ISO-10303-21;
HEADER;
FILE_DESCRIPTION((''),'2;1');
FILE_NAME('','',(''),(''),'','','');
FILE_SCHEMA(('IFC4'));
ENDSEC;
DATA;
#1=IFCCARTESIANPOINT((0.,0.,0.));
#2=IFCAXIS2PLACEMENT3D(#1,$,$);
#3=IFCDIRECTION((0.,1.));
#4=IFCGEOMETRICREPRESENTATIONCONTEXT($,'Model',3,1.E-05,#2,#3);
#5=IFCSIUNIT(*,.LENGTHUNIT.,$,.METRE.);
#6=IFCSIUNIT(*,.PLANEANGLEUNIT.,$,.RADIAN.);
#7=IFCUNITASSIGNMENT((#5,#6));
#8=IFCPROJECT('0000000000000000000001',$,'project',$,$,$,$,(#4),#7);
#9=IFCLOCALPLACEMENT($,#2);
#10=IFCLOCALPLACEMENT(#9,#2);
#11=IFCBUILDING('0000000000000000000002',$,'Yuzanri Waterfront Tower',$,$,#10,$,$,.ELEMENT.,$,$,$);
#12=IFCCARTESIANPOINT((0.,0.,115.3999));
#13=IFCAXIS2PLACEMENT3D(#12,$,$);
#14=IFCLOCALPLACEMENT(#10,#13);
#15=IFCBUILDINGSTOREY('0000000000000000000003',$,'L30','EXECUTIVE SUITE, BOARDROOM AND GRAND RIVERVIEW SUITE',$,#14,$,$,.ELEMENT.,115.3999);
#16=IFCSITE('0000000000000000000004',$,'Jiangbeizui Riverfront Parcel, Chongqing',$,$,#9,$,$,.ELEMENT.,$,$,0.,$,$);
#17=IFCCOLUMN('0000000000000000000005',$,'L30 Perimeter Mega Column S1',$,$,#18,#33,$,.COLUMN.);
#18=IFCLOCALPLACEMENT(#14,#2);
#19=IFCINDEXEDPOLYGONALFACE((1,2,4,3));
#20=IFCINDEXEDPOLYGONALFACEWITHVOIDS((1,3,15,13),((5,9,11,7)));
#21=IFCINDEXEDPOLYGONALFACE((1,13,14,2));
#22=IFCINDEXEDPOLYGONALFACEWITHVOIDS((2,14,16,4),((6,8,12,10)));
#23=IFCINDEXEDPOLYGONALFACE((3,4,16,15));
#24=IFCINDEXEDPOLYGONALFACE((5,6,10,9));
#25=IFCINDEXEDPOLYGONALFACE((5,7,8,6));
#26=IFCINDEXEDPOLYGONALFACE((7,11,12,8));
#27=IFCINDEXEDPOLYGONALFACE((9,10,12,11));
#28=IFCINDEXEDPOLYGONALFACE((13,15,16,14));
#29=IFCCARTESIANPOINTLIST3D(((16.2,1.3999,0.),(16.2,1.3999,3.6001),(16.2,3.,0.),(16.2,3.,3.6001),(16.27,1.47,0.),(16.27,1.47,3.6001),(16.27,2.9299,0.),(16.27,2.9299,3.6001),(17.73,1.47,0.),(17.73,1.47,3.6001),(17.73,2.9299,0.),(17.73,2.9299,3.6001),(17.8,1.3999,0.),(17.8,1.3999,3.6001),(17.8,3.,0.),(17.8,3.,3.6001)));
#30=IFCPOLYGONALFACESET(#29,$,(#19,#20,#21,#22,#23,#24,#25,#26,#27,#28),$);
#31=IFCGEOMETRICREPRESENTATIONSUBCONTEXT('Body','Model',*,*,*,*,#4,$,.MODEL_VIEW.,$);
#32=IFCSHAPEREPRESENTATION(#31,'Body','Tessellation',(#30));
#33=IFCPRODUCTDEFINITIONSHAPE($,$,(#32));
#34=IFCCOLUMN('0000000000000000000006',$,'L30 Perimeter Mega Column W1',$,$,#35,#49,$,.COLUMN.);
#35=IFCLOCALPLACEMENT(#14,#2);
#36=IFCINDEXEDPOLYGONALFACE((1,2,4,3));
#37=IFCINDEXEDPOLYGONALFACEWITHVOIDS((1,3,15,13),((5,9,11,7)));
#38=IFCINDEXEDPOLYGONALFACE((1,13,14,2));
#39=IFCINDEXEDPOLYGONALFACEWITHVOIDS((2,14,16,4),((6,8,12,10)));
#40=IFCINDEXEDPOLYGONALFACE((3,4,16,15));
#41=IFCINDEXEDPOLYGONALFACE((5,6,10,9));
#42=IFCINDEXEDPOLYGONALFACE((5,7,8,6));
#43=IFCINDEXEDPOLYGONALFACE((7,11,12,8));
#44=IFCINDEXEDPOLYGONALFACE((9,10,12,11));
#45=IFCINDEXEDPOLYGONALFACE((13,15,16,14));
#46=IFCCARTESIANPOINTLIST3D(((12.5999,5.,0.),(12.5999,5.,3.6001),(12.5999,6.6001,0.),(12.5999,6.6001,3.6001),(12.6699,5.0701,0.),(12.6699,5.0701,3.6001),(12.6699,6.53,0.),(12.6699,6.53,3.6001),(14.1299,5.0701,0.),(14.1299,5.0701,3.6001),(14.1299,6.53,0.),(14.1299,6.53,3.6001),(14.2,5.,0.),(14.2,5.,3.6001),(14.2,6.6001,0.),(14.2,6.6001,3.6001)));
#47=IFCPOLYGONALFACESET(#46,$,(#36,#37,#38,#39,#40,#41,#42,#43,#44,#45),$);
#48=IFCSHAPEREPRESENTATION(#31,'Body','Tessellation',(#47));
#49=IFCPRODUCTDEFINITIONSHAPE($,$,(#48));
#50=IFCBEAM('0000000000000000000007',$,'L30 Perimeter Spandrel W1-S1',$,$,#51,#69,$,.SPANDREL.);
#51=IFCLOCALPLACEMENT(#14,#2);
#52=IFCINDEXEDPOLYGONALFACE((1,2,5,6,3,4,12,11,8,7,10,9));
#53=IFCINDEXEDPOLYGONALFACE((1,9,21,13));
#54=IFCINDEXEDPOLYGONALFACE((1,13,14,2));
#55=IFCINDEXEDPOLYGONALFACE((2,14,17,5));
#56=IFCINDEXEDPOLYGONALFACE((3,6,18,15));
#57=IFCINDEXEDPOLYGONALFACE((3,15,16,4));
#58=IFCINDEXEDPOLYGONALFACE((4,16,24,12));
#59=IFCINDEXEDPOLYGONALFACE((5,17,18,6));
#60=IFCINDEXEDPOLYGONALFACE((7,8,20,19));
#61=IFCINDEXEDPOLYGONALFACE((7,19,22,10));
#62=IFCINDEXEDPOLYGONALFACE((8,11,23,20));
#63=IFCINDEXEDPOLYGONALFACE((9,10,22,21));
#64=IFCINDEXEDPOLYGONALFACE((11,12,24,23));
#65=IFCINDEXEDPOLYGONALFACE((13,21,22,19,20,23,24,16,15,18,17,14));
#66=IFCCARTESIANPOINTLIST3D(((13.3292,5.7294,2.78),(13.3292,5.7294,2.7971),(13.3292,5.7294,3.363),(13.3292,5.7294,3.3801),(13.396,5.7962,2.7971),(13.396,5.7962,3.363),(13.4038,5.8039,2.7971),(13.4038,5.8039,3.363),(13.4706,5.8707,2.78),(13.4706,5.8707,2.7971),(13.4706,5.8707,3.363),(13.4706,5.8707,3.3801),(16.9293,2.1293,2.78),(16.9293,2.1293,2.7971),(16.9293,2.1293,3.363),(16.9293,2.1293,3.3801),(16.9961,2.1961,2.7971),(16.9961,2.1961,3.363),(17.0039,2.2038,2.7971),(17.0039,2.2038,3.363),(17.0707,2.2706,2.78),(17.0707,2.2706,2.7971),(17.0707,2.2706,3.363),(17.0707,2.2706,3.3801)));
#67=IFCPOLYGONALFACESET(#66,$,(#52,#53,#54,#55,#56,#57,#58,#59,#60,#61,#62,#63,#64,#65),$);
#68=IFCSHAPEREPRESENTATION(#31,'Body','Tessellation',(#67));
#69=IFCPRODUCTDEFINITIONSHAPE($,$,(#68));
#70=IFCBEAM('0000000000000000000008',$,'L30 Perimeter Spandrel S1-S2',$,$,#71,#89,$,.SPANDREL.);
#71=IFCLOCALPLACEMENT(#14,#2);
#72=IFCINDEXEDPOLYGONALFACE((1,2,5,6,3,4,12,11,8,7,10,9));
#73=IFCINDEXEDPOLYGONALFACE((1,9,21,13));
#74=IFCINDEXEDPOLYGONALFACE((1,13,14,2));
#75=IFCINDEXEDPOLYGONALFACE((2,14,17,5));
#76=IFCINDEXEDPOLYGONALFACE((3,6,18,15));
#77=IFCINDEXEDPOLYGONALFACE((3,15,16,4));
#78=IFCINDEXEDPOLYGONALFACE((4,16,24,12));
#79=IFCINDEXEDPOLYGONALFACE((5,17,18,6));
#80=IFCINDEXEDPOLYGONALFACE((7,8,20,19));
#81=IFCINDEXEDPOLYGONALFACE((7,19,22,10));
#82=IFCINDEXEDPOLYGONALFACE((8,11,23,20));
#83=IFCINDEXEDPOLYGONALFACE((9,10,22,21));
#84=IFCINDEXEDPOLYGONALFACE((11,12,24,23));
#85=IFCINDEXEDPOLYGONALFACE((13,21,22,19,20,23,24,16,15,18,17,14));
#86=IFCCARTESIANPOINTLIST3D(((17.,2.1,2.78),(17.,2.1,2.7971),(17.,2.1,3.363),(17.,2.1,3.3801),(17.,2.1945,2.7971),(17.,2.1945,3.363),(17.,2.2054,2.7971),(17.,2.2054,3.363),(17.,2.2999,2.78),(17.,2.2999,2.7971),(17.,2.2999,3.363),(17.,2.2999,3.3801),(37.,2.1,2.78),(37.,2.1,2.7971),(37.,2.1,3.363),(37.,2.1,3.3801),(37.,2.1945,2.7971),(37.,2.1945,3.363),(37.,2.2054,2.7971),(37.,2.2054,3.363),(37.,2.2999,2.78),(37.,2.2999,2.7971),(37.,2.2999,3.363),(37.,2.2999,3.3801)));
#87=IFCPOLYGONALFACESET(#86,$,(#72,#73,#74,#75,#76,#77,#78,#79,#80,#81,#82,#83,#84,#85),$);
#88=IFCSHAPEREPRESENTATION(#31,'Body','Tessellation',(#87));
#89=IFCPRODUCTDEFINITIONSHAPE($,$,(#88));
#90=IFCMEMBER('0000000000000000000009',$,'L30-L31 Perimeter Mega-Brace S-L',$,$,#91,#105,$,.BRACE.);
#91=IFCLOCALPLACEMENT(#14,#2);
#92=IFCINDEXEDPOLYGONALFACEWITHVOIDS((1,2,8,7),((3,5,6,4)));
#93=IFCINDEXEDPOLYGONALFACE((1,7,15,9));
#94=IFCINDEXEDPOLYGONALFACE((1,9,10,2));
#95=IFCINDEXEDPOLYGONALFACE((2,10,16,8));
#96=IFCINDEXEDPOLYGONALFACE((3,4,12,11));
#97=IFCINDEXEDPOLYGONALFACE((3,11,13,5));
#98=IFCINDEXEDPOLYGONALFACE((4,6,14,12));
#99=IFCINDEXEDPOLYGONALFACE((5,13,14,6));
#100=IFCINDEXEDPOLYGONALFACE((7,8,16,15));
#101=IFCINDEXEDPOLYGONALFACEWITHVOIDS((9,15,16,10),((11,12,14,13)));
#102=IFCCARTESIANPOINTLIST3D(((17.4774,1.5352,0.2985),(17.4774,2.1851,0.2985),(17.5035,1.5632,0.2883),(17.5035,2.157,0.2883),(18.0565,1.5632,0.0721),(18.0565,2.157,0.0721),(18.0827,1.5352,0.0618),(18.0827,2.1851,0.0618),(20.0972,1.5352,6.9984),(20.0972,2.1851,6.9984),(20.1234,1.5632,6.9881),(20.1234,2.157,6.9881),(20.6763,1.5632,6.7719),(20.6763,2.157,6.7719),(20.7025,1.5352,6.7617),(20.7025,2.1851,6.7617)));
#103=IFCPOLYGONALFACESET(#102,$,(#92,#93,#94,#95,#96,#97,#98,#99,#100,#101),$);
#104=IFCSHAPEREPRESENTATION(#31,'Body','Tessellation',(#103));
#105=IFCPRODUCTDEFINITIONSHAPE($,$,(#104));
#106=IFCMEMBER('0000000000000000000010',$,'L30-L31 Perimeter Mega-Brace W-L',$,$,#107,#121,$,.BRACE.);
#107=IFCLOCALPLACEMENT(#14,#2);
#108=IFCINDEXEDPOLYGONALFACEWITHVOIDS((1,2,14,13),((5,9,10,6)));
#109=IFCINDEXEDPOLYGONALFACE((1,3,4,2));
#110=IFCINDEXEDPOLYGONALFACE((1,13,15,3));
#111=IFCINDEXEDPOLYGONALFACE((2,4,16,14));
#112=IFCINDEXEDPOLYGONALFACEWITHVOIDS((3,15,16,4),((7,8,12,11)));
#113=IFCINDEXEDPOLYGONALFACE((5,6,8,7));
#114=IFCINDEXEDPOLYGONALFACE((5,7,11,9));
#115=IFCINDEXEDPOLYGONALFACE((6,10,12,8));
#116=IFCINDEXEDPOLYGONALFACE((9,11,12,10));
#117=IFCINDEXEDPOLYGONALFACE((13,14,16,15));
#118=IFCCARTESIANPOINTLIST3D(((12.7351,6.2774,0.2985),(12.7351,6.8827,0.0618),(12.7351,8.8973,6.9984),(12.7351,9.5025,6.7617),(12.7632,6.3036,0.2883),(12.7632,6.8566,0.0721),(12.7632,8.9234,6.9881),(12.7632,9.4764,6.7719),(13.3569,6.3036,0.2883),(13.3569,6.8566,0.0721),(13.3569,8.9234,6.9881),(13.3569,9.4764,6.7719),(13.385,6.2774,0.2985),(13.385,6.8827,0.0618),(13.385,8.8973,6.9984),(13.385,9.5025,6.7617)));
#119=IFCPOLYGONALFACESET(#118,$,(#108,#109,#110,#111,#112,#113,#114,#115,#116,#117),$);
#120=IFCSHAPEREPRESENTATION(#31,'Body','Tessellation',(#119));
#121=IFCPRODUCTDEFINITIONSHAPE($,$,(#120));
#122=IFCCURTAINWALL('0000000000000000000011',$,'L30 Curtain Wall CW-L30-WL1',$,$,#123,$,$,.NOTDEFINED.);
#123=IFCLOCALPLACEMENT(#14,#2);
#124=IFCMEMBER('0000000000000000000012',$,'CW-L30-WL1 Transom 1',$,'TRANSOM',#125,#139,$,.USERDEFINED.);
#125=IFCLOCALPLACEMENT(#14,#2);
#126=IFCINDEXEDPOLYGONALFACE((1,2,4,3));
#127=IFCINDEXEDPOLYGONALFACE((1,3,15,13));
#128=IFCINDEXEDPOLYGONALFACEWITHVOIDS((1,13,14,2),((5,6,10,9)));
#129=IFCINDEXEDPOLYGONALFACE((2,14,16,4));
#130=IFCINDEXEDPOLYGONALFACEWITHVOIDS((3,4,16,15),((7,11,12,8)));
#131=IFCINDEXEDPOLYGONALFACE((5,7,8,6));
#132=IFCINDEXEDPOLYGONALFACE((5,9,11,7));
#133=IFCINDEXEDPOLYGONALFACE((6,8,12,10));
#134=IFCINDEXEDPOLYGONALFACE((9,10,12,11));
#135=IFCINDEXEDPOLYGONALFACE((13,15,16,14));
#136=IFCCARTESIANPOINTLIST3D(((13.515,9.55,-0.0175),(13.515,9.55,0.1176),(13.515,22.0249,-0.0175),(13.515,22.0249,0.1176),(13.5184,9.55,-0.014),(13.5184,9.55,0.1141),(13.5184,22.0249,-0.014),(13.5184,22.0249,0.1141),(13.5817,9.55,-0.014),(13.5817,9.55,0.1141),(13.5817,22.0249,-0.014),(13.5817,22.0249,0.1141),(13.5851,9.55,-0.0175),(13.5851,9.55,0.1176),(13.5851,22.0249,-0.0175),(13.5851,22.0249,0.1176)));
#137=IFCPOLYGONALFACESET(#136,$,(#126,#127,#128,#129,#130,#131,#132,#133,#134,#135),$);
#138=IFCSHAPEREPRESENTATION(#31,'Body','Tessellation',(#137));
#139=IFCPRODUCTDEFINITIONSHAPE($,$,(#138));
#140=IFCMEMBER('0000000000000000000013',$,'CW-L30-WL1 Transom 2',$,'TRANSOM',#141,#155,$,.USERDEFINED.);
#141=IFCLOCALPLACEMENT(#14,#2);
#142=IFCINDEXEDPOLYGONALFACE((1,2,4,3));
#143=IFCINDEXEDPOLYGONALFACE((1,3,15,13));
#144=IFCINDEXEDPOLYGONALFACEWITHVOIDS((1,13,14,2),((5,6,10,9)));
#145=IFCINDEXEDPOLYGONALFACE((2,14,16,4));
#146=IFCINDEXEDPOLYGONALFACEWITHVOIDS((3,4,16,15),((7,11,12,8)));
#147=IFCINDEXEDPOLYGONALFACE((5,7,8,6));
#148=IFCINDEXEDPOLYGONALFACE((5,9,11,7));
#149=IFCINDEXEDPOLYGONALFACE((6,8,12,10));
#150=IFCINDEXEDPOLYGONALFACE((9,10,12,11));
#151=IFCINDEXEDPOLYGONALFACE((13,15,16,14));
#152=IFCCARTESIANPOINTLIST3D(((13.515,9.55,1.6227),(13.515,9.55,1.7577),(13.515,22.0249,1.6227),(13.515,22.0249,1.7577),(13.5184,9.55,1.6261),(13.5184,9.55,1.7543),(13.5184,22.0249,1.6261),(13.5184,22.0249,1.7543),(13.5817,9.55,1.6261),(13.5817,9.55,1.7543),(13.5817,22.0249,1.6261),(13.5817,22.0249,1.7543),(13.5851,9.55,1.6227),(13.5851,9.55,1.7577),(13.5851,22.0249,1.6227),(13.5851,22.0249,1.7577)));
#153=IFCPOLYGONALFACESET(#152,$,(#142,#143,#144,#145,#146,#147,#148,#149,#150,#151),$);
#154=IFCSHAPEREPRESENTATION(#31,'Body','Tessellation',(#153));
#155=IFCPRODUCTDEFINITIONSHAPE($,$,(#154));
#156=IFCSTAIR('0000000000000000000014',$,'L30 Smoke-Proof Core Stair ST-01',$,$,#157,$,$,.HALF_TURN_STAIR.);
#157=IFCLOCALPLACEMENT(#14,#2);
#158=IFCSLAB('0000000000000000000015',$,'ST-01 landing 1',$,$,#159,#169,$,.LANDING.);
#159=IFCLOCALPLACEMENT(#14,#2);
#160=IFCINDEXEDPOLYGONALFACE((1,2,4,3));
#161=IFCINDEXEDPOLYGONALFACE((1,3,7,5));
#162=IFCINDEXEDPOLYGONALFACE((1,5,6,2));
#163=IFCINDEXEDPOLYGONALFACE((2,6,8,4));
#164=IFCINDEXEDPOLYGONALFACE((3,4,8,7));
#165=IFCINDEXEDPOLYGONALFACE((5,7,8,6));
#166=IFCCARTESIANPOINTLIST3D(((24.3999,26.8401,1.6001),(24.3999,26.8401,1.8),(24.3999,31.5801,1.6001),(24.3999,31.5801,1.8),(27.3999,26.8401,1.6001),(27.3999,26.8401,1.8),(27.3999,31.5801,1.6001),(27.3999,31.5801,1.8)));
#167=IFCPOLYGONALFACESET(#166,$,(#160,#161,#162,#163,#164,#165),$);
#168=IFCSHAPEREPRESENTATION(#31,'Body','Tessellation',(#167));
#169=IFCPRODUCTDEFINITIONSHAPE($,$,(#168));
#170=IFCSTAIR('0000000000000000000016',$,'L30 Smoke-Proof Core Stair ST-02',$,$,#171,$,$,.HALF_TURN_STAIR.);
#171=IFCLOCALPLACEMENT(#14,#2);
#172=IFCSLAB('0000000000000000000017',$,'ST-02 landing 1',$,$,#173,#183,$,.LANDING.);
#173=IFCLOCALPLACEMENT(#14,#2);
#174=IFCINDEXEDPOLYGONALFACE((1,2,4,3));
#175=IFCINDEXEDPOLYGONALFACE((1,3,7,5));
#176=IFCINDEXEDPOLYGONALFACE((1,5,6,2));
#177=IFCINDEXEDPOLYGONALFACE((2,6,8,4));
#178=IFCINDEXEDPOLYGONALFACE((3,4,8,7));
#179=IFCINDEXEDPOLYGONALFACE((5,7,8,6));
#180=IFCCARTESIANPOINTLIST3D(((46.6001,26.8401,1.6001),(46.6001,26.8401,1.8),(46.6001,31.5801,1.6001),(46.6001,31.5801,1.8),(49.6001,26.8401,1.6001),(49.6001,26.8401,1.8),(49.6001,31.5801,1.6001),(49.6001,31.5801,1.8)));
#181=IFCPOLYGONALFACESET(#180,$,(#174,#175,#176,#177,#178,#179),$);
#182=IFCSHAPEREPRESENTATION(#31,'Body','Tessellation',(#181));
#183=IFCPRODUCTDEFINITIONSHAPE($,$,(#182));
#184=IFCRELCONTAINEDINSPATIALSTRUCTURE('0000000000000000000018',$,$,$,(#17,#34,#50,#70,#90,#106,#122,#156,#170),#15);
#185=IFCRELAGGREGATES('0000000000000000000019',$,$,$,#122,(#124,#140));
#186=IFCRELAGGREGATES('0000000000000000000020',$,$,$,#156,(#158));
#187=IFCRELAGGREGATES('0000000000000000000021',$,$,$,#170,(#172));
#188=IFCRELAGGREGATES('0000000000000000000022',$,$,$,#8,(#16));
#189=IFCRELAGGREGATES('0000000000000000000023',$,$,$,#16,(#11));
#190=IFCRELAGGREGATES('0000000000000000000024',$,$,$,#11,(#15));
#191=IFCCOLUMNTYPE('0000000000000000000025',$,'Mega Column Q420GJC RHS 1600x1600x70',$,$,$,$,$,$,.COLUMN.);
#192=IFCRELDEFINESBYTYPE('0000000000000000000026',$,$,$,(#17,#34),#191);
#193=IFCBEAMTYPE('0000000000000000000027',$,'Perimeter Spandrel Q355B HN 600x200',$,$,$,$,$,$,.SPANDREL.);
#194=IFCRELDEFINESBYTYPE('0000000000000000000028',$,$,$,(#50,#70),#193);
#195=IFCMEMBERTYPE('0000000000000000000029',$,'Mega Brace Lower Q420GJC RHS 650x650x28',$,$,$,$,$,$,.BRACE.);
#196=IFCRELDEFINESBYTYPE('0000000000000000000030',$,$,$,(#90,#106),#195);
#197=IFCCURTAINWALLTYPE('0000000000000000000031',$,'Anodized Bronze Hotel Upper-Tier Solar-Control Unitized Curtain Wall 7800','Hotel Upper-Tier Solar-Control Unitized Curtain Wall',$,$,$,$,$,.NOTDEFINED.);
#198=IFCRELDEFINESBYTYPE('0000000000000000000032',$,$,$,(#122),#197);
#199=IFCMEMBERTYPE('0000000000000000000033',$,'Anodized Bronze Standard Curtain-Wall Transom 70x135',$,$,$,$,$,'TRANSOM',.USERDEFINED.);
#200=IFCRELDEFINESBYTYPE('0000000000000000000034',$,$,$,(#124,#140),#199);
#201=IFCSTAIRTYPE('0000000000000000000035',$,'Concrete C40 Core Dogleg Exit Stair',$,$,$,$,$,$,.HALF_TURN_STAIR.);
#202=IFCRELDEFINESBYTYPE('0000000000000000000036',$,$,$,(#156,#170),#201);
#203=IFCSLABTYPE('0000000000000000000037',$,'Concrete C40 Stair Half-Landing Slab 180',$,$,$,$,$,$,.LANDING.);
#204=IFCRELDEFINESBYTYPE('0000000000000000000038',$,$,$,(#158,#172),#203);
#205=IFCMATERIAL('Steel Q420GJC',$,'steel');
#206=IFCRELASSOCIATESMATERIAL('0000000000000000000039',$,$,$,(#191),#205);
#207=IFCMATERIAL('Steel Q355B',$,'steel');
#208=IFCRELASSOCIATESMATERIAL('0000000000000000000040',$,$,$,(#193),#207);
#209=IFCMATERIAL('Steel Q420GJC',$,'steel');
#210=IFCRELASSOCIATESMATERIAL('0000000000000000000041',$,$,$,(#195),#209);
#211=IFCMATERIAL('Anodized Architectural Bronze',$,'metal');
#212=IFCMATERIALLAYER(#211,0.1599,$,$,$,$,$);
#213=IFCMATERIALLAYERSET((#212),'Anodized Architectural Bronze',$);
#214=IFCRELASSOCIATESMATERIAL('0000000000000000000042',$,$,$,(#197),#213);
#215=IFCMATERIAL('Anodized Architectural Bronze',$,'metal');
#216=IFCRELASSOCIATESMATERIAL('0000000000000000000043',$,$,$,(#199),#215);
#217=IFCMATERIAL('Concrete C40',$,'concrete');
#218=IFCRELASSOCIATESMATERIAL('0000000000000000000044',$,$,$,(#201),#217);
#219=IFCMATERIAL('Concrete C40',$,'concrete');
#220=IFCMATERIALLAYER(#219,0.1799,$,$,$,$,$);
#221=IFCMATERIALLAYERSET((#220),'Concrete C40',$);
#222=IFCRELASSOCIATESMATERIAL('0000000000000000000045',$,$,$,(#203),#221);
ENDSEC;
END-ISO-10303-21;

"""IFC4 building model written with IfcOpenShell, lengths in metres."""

from ifc_helpers import new_model, si_unit, direction, frame, origin, origin_2d, place, context, subcontext, project, spatial, polyline, hollow_rectangle, i_section, outline, extrude, source, transform, mapped, material, layer, layer_set, material_profile, profile_set, type_object, element, aggregate, save


model = new_model("IFC4")

# Units and contexts
model_context = context("Model", 3, precision=1e-05, world=origin(), true_north=direction((0.0, 1.0)))
body_context = subcontext(model_context, "Body", "Model", "MODEL_VIEW")
ifc_project = project(units=[si_unit("LENGTHUNIT", "METRE"), si_unit("PLANEANGLEUNIT", "RADIAN")], contexts=[model_context])

# Site, building, storey
site_placement = place(None, origin())
site = spatial("IfcSite", under=ifc_project, at=site_placement, Name="Jiangbeizui Riverfront Parcel, Chongqing", CompositionType="ELEMENT", RefElevation=0.0)
building_placement = place(site_placement, origin())
building = spatial("IfcBuilding", under=site, at=building_placement, Name="Yuzanri Waterfront Tower", CompositionType="ELEMENT")
storey_placement = place(building_placement, frame((0.0, 0.0, 115.3999)))
storey = spatial("IfcBuildingStorey", under=building, at=storey_placement, Name="L30", Description="EXECUTIVE SUITE, BOARDROOM AND GRAND RIVERVIEW SUITE", CompositionType="ELEMENT", Elevation=115.3999)

# Columns
ifc_material_1 = material(Name="Steel Q420GJC", Category="steel")
ifc_material_profile_1 = material_profile(ifc_material_1, hollow_rectangle(XDim=1.6001, YDim=1.6001, WallThickness=0.0701, at=origin_2d()), Name="RHS 1600x1600x70")
ifc_profile_set_1 = profile_set([ifc_material_profile_1], Name="Steel Q420GJC")
column_type = type_object("IfcColumnType", Name="Mega Column Q420GJC RHS 1600x1600x70", PredefinedType="COLUMN", material=ifc_profile_set_1)
shared_shape_1 = source(origin(), body_context, "Body", "SweptSolid", [
    extrude(hollow_rectangle(XDim=1.6001, YDim=1.6001, WallThickness=0.0701, at=origin_2d()), origin(), (0.0, 0.0, 1.0), 3.6001),
])
for number, where, z_axis, x_axis, name in (
    (1, (17.0, 2.2, 0.0), (0.0, 0.0, 1.0), (1.0, 0.0, 0.0), "L30 Perimeter Mega Column S1"),
    (2, (13.3999, 5.8, 0.0), (0.0, 0.0, 1.0), (1.0, 0.0, 0.0), "L30 Perimeter Mega Column W1"),
):
    element("IfcColumn", number, at=place(storey_placement, frame(where, z_axis=z_axis, x_axis=x_axis)), inside=storey, type_object=column_type, Name=name, PredefinedType="COLUMN", context=body_context, shape_type="MappedRepresentation", body=[
        mapped(shared_shape_1, transform((0.0, 0.0, 0.0), scale=1.0)),
    ])

# Beams
ifc_material_2 = material(Name="Steel Q355B", Category="steel")
ifc_material_profile_2 = material_profile(ifc_material_2, i_section(OverallWidth=0.2, OverallDepth=0.6001, WebThickness=0.011, FlangeThickness=0.0171, at=origin_2d()), Name="HN 600x200x11x17")
ifc_profile_set_2 = profile_set([ifc_material_profile_2], Name="Steel Q355B")
beam_type = type_object("IfcBeamType", Name="Perimeter Spandrel Q355B HN 600x200", PredefinedType="SPANDREL", material=ifc_profile_set_2)
shared_shape_2 = source(origin(), body_context, "Body", "SweptSolid", [
    extrude(i_section(OverallWidth=0.2, OverallDepth=0.6001, WebThickness=0.011, FlangeThickness=0.0171, at=origin_2d()), origin(), (0.0, 0.0, 1.0), 5.0913),
])
beam_1_placement = place(storey_placement, frame((13.3999, 5.8, 3.0801), z_axis=(0.707107, -0.707107, 0.0), x_axis=(0.707107, 0.707107, 0.0)))
element("IfcBeam", 3, at=beam_1_placement, inside=storey, type_object=beam_type, Name="L30 Perimeter Spandrel W1-S1", PredefinedType="SPANDREL", context=body_context, shape_type="MappedRepresentation", body=[
    mapped(shared_shape_2, transform((0.0, 0.0, 0.0), scale=1.0)),
])
shared_shape_3 = source(origin(), body_context, "Body", "SweptSolid", [
    extrude(i_section(OverallWidth=0.2, OverallDepth=0.6001, WebThickness=0.011, FlangeThickness=0.0171, at=origin_2d()), origin(), (0.0, 0.0, 1.0), 20.0),
])
beam_2_placement = place(storey_placement, frame((17.0, 2.2, 3.0801), z_axis=(1.0, 0.0, 0.0), x_axis=(0.0, 1.0, 0.0)))
element("IfcBeam", 4, at=beam_2_placement, inside=storey, type_object=beam_type, Name="L30 Perimeter Spandrel S1-S2", PredefinedType="SPANDREL", context=body_context, shape_type="MappedRepresentation", body=[
    mapped(shared_shape_3, transform((0.0, 0.0, 0.0), scale=1.0)),
])

# Members
ifc_material_3 = material(Name="Steel Q420GJC", Category="steel")
ifc_material_profile_3 = material_profile(ifc_material_3, hollow_rectangle(XDim=0.6499, YDim=0.6499, WallThickness=0.0281, at=origin_2d()), Name="RHS 650x650x28")
ifc_profile_set_3 = profile_set([ifc_material_profile_3], Name="Steel Q420GJC")
member_type_1 = type_object("IfcMemberType", Name="Mega Brace Lower Q420GJC RHS 650x650x28", PredefinedType="BRACE", material=ifc_profile_set_3)
shared_shape_4 = source(origin(), body_context, "Body", "SweptSolid", [
    extrude(hollow_rectangle(XDim=0.6499, YDim=0.6499, WallThickness=0.0281, at=origin_2d()), origin(), (0.0, 0.0, 1.0), 7.1938),
])
for number, where, z_axis, x_axis, name in (
    (5, (17.78, 1.8601, 0.1802), (0.364177, 0.0, 0.93133), (0.0, 1.0, 0.0), "L30-L31 Perimeter Mega-Brace S-L"),
    (6, (13.0601, 6.5801, 0.1802), (0.0, 0.364177, 0.93133), (-1.0, 0.0, 0.0), "L30-L31 Perimeter Mega-Brace W-L"),
):
    element("IfcMember", number, at=place(storey_placement, frame(where, z_axis=z_axis, x_axis=x_axis)), inside=storey, type_object=member_type_1, Name=name, PredefinedType="BRACE", context=body_context, shape_type="MappedRepresentation", body=[
        mapped(shared_shape_4, transform((0.0, 0.0, 0.0), scale=1.0)),
    ])

# Curtain wall, members
ifc_material_4 = material(Name="Anodized Architectural Bronze", Category="metal")
ifc_layer_1 = layer(ifc_material_4, 0.1599)
ifc_layer_set_1 = layer_set([ifc_layer_1], Name="Anodized Architectural Bronze")
curtain_wall_type = type_object("IfcCurtainWallType", Name="Anodized Bronze Hotel Upper-Tier Solar-Control Unitized Curtain Wall 7800", Description="Hotel Upper-Tier Solar-Control Unitized Curtain Wall", PredefinedType="NOTDEFINED", material=ifc_layer_set_1)
curtain_wall_placement = place(storey_placement, origin())
curtain_wall = element("IfcCurtainWall", 7, at=curtain_wall_placement, inside=storey, type_object=curtain_wall_type, Name="L30 Curtain Wall CW-L30-WL1", PredefinedType="NOTDEFINED")
ifc_material_5 = material(Name="Anodized Architectural Bronze", Category="metal")
ifc_material_profile_4 = material_profile(ifc_material_5, hollow_rectangle(XDim=0.0701, YDim=0.135, WallThickness=0.0034, at=origin_2d()), Name="CWT 70x135")
ifc_profile_set_4 = profile_set([ifc_material_profile_4], Name="Anodized Architectural Bronze")
member_type_2 = type_object("IfcMemberType", Name="Anodized Bronze Standard Curtain-Wall Transom 70x135", ElementType="TRANSOM", PredefinedType="USERDEFINED", material=ifc_profile_set_4)
shared_shape_5 = source(origin(), body_context, "Body", "SweptSolid", [
    extrude(hollow_rectangle(XDim=0.0701, YDim=0.135, WallThickness=0.0034, at=origin_2d()), origin(), (0.0, 0.0, 1.0), 12.4749),
])
member_1_placement = place(storey_placement, frame((13.55, 9.55, 0.05), z_axis=(0.0, 1.0, 0.0), x_axis=(-1.0, 0.0, 0.0)))
member_1 = element("IfcMember", 8, at=member_1_placement, type_object=member_type_2, Name="CW-L30-WL1 Transom 1", ObjectType="TRANSOM", PredefinedType="USERDEFINED", context=body_context, shape_type="MappedRepresentation", body=[
    mapped(shared_shape_5, transform((0.0, 0.0, 0.0), scale=1.0)),
])
member_2_placement = place(storey_placement, frame((13.55, 9.55, 1.6902), z_axis=(0.0, 1.0, 0.0), x_axis=(-1.0, 0.0, 0.0)))
member_2 = element("IfcMember", 9, at=member_2_placement, type_object=member_type_2, Name="CW-L30-WL1 Transom 2", ObjectType="TRANSOM", PredefinedType="USERDEFINED", context=body_context, shape_type="MappedRepresentation", body=[
    mapped(shared_shape_5, transform((0.0, 0.0, 0.0), scale=1.0)),
])
aggregate(curtain_wall, [member_1, member_2])

# Stairs, slabs
ifc_material_6 = material(Name="Concrete C40", Category="concrete")
stair_type = type_object("IfcStairType", Name="Concrete C40 Core Dogleg Exit Stair", PredefinedType="HALF_TURN_STAIR", material=ifc_material_6)
stair_1_placement = place(storey_placement, origin())
stair_1 = element("IfcStair", 10, at=stair_1_placement, inside=storey, type_object=stair_type, Name="L30 Smoke-Proof Core Stair ST-01", PredefinedType="HALF_TURN_STAIR")
ifc_material_7 = material(Name="Concrete C40", Category="concrete")
ifc_layer_2 = layer(ifc_material_7, 0.1799)
ifc_layer_set_2 = layer_set([ifc_layer_2], Name="Concrete C40")
slab_type_1 = type_object("IfcSlabType", Name="Concrete C40 Stair Half-Landing Slab 180", PredefinedType="LANDING", material=ifc_layer_set_2)
slab_1_placement = place(storey_placement, frame((0.0, 0.0, 1.6001)))
slab_1 = element("IfcSlab", 11, at=slab_1_placement, type_object=slab_type_1, Name="ST-01 landing 1", PredefinedType="LANDING", context=body_context, shape_type="SweptSolid", body=[
    extrude(outline(polyline([(27.3999, 26.8401), (27.3999, 31.5801), (24.3999, 31.5801), (24.3999, 26.8401), (27.3999, 26.8401)])), origin(), (0.0, 0.0, 1.0), 0.2),
])
aggregate(stair_1, [slab_1])
stair_2_placement = place(storey_placement, origin())
stair_2 = element("IfcStair", 12, at=stair_2_placement, inside=storey, type_object=stair_type, Name="L30 Smoke-Proof Core Stair ST-02", PredefinedType="HALF_TURN_STAIR")
slab_2_placement = place(storey_placement, frame((0.0, 0.0, 1.6001)))
slab_2 = element("IfcSlab", 13, at=slab_2_placement, type_object=slab_type_1, Name="ST-02 landing 1", PredefinedType="LANDING", context=body_context, shape_type="SweptSolid", body=[
    extrude(outline(polyline([(49.6001, 26.8401), (49.6001, 31.5801), (46.6001, 31.5801), (46.6001, 26.8401), (49.6001, 26.8401)])), origin(), (0.0, 0.0, 1.0), 0.2),
])
aggregate(stair_2, [slab_2])

save(model, "model.ifc")
